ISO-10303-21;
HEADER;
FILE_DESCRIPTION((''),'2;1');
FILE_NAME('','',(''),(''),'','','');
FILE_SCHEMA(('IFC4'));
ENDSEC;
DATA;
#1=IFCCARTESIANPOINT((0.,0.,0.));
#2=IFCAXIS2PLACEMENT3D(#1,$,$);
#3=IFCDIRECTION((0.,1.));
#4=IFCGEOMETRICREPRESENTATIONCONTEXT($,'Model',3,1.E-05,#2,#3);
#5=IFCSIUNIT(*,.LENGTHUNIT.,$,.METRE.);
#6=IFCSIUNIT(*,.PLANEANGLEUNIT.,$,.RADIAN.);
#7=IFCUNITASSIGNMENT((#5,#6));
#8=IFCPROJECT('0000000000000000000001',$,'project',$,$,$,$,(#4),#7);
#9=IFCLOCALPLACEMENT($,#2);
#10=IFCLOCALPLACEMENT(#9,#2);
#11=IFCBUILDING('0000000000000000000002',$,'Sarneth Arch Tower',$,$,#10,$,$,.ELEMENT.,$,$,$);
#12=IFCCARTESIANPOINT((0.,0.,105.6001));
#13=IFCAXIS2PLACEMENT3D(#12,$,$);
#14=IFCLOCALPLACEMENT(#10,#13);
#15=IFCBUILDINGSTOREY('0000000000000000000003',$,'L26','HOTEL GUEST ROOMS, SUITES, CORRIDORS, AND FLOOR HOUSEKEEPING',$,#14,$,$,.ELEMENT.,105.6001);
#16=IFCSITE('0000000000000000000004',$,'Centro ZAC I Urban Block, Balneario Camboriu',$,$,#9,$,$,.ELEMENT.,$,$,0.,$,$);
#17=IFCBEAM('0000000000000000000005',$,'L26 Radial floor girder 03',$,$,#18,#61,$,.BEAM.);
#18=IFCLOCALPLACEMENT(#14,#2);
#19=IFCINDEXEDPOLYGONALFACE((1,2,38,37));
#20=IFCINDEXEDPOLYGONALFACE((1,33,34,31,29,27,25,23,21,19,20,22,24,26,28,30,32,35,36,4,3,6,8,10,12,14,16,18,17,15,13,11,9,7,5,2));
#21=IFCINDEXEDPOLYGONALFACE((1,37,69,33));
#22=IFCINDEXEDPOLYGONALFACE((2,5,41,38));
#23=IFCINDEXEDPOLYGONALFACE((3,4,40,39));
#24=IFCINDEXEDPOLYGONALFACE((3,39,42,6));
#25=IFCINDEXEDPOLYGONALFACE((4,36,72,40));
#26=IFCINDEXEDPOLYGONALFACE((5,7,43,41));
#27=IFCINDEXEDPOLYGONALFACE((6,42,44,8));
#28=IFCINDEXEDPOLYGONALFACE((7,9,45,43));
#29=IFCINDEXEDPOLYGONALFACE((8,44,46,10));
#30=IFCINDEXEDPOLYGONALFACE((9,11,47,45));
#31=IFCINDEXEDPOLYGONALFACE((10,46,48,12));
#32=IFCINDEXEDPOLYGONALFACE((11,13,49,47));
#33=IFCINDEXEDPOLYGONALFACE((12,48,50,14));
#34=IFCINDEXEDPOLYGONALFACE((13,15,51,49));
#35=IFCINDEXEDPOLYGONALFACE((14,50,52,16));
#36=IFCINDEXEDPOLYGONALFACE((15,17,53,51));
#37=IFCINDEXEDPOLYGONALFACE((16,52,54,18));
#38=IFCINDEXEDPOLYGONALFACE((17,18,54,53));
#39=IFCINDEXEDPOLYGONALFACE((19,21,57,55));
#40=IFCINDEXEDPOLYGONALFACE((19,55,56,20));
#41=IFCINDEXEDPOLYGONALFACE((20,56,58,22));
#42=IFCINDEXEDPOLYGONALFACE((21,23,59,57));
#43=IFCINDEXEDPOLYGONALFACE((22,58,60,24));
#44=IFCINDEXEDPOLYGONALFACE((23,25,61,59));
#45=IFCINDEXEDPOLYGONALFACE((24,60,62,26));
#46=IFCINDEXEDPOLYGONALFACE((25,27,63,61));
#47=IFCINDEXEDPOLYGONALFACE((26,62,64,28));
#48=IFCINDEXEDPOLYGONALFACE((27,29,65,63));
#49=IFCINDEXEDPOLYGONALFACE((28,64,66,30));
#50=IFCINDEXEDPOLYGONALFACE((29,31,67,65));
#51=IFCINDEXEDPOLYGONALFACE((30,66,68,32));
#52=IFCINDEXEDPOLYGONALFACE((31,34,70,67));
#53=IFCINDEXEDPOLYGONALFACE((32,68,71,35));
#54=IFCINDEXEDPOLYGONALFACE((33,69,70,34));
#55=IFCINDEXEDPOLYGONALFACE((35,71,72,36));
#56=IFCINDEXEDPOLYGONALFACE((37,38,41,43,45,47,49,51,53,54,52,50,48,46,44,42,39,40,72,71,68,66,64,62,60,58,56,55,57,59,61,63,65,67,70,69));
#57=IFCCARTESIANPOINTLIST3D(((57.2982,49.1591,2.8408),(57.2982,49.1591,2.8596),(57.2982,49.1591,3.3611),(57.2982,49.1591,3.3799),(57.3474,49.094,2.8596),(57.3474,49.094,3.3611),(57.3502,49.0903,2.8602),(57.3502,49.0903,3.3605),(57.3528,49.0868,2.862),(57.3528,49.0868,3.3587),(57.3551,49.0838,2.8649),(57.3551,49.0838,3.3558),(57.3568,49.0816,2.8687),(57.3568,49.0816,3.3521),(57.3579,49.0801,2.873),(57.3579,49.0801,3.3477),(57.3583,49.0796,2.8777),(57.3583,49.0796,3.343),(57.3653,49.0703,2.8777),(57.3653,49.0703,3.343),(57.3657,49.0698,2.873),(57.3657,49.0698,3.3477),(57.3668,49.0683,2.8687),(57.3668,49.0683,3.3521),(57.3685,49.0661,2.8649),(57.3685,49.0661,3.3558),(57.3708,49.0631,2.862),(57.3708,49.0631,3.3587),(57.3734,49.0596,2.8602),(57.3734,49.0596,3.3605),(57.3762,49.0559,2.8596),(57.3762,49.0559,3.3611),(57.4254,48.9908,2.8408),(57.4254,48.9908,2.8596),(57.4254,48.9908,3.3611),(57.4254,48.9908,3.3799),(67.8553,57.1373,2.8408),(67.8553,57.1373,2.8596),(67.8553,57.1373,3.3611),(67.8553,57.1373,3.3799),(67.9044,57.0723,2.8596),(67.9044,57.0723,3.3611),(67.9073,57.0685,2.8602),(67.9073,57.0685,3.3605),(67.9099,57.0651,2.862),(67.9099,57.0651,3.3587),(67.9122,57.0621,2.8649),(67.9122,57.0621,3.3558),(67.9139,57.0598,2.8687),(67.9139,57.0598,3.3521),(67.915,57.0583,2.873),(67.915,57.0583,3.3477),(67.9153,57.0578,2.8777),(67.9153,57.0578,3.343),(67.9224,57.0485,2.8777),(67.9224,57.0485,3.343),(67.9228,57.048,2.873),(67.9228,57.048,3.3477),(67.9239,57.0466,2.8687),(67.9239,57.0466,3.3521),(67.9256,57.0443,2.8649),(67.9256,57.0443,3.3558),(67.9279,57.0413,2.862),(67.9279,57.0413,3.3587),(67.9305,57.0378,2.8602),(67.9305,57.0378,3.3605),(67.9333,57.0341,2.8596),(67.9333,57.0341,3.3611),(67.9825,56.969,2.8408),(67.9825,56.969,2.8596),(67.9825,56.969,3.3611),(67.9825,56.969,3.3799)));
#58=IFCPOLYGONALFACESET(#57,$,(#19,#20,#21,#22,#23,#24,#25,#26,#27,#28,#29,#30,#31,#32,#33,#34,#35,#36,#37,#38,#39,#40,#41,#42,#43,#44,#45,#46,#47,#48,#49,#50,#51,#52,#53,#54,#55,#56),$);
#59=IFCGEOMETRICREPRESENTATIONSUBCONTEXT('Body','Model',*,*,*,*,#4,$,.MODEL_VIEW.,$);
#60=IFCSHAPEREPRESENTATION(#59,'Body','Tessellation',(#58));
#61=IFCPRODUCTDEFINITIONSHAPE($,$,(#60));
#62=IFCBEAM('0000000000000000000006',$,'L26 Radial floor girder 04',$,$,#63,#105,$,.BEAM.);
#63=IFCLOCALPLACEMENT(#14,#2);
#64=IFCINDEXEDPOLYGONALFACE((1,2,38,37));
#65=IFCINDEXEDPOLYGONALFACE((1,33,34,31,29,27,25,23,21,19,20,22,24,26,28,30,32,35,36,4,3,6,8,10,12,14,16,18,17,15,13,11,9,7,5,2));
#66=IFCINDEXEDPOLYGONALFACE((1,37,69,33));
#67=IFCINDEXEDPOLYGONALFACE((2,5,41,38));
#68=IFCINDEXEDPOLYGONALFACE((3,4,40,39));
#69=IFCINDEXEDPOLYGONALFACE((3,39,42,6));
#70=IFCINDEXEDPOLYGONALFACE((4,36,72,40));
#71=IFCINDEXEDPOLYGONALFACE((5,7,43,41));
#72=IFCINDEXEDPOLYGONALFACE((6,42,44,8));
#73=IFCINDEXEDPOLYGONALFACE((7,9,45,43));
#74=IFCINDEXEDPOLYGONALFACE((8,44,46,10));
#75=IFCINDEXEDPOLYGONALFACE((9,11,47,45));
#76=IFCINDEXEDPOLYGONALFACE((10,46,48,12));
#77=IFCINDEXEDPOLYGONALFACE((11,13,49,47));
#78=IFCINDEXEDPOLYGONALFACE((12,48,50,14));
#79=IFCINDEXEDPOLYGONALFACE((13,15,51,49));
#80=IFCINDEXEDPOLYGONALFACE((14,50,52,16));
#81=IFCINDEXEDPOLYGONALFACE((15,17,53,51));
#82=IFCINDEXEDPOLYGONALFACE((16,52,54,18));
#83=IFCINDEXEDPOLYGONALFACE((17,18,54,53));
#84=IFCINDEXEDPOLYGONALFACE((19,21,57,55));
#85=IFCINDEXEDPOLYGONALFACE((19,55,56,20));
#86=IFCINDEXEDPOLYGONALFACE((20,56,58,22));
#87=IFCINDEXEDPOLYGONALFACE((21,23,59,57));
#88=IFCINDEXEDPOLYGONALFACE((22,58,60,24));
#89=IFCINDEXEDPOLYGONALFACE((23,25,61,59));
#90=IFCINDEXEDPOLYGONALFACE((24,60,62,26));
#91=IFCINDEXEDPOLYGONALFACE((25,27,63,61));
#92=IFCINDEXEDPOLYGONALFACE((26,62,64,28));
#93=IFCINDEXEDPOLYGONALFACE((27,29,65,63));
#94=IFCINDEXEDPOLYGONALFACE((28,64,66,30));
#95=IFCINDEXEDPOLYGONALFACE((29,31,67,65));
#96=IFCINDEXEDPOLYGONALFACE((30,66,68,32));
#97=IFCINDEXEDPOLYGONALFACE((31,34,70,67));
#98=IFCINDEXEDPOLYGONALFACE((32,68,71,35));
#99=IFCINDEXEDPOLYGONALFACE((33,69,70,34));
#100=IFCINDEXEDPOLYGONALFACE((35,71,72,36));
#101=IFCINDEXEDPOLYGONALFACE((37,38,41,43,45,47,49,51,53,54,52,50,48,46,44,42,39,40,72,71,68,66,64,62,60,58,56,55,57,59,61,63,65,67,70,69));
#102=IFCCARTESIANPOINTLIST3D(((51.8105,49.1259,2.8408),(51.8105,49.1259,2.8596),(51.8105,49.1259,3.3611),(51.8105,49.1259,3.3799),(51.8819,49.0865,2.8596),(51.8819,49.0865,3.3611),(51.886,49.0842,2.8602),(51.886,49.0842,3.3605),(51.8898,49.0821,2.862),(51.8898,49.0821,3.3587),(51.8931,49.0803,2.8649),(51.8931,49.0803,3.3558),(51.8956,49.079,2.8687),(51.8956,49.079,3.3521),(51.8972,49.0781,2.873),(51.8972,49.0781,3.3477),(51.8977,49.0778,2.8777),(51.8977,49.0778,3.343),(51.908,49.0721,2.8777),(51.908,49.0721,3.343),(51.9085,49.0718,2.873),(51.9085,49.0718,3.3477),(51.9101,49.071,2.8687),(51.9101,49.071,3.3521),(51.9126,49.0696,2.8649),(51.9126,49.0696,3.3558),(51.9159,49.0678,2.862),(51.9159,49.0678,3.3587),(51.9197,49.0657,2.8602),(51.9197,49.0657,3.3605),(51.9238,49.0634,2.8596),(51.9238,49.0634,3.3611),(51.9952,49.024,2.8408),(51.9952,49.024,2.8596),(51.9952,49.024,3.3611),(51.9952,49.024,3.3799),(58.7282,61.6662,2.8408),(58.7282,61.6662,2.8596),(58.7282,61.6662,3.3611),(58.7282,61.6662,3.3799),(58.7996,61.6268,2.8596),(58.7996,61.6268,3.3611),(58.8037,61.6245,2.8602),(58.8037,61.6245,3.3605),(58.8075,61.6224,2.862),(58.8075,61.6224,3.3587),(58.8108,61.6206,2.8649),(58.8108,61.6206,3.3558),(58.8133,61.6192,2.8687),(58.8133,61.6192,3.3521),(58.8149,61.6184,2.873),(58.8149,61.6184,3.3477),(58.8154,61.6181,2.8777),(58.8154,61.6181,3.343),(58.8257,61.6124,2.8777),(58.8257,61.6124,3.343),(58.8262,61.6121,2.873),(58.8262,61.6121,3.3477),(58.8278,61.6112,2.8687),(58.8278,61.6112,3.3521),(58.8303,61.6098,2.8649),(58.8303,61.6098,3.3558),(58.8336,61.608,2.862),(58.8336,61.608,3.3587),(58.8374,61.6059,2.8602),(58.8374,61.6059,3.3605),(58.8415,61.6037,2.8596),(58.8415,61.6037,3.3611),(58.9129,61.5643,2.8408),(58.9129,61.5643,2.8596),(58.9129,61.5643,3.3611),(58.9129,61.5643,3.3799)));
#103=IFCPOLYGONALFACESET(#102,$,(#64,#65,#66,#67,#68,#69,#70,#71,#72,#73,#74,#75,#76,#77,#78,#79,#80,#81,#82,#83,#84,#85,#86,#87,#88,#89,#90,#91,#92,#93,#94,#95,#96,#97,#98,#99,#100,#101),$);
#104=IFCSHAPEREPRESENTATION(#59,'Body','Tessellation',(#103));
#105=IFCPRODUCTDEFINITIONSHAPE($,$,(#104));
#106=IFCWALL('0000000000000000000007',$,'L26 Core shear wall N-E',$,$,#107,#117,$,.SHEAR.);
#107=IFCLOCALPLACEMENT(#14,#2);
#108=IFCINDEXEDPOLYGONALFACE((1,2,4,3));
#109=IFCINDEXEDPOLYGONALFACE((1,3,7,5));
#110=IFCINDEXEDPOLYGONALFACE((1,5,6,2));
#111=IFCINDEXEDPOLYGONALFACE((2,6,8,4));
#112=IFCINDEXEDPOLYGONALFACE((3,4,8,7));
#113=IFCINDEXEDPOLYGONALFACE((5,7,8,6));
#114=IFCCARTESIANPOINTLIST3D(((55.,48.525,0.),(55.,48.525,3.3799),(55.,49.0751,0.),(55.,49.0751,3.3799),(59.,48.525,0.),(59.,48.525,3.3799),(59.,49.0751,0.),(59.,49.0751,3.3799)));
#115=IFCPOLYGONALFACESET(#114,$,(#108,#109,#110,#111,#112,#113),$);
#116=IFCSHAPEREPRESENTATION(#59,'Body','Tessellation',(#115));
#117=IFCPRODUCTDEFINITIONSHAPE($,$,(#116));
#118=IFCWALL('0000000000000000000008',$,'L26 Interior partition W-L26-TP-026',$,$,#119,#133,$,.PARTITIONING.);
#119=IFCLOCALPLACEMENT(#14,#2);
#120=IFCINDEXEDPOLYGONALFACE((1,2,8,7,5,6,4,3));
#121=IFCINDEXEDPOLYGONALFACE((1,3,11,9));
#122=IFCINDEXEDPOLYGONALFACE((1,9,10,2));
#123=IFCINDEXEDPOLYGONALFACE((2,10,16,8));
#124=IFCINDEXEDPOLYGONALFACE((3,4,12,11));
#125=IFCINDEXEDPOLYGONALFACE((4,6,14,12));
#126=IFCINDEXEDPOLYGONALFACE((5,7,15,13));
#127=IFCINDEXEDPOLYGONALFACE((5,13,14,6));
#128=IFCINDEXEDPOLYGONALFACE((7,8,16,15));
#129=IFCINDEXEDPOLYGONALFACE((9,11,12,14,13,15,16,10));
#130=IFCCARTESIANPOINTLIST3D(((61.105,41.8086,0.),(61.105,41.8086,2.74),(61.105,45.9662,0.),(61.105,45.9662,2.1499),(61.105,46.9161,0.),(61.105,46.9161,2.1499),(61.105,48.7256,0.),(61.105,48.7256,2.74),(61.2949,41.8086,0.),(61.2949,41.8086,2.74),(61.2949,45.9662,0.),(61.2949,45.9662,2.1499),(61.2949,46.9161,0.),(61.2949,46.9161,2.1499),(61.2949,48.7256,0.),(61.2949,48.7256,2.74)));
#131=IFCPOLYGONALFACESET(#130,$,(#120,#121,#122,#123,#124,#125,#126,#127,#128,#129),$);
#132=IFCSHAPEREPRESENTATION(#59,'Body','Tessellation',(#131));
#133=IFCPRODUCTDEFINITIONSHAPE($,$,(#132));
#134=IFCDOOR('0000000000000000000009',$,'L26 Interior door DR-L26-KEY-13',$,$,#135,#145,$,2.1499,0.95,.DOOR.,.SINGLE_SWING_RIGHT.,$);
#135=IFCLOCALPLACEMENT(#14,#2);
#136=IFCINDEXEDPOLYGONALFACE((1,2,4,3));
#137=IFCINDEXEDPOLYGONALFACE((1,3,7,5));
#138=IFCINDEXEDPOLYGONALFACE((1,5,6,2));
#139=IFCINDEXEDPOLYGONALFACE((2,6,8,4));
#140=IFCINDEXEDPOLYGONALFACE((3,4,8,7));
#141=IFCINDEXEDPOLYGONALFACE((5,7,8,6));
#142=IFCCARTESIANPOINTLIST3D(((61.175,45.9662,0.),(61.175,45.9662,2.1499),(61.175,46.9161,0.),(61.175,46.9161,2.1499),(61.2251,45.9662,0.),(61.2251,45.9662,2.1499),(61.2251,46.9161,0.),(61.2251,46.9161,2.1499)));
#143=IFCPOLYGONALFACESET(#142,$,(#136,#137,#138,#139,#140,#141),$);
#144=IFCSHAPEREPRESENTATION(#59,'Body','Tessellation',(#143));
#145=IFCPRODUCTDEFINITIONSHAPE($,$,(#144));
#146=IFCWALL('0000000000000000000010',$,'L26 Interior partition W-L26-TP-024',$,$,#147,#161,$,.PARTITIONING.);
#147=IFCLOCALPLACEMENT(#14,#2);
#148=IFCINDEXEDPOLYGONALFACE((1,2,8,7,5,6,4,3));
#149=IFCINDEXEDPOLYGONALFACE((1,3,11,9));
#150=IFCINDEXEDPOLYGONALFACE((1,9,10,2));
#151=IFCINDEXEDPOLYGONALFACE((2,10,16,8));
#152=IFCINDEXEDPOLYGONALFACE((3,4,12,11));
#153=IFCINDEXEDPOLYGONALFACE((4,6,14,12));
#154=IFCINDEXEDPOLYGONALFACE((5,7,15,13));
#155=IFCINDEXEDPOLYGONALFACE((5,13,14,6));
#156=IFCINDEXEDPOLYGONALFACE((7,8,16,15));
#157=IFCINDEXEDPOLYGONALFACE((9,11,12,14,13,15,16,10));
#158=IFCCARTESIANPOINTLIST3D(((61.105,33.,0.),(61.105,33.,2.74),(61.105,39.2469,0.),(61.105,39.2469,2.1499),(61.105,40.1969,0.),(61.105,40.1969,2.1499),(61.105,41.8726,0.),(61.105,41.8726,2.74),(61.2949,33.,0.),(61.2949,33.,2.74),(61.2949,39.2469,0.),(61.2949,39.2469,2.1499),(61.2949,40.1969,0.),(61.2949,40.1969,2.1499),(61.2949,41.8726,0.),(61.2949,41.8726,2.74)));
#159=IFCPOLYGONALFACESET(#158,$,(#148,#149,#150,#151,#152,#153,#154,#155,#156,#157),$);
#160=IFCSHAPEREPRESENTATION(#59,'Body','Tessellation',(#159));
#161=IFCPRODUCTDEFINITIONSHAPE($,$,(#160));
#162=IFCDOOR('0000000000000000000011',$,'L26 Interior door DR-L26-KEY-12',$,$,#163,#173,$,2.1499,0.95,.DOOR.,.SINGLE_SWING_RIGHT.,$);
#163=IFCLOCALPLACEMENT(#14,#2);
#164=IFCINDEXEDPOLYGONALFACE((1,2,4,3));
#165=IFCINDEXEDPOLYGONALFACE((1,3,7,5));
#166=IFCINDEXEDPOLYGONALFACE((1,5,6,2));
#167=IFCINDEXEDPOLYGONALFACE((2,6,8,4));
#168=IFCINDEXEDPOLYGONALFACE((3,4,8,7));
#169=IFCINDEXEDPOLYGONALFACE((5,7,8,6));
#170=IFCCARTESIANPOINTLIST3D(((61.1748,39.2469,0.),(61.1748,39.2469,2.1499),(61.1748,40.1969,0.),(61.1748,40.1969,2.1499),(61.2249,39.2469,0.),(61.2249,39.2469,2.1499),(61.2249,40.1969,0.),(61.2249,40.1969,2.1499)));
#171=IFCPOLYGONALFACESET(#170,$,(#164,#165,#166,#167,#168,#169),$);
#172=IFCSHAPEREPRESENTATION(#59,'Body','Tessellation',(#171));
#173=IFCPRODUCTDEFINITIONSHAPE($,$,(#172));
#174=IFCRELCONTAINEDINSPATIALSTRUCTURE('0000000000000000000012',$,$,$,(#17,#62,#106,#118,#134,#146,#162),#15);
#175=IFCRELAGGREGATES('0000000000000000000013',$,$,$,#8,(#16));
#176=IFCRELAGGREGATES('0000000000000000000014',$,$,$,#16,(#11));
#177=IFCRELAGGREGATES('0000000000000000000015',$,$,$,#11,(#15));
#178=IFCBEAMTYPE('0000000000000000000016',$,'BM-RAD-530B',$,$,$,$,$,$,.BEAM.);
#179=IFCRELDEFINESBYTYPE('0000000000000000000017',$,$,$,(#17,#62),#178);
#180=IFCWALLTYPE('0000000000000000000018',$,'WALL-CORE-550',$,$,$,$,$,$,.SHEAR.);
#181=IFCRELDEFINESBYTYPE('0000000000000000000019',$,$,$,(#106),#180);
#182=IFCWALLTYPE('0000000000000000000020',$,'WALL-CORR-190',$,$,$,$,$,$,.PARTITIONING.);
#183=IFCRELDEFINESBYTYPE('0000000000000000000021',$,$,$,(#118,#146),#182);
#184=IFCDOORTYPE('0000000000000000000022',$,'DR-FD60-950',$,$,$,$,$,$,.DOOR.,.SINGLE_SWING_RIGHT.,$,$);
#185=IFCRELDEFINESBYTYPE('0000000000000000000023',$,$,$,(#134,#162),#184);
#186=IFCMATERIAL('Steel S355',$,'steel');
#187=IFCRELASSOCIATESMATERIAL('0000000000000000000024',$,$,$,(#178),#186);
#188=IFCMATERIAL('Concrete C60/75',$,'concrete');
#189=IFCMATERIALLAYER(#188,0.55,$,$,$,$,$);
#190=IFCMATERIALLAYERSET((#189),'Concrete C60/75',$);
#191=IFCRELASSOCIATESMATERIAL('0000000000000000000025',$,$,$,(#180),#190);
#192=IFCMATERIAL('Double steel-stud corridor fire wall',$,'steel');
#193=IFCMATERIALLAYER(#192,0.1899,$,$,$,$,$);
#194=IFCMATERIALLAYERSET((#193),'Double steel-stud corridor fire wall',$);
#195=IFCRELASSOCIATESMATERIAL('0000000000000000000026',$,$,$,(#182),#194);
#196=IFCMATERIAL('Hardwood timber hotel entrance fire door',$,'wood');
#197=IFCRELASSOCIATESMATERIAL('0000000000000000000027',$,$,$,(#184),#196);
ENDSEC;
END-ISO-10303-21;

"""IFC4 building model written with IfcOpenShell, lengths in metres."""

from ifc_helpers import new_model, si_unit, direction, frame, frame_2d, origin, origin_2d, place, context, subcontext, project, spatial, rectangle, i_section, extrude, material, layer, layer_set, material_profile, profile_set, type_object, element, fill, save


model = new_model("IFC4")

# Units and contexts
model_context = context("Model", 3, precision=1e-05, world=origin(), true_north=direction((0.0, 1.0)))
body_context = subcontext(model_context, "Body", "Model", "MODEL_VIEW")
ifc_project = project(units=[si_unit("LENGTHUNIT", "METRE"), si_unit("PLANEANGLEUNIT", "RADIAN")], contexts=[model_context])

# Site, building, storey
site_placement = place(None, origin())
site = spatial("IfcSite", under=ifc_project, at=site_placement, Name="Centro ZAC I Urban Block, Balneario Camboriu", CompositionType="ELEMENT", RefElevation=0.0)
building_placement = place(site_placement, origin())
building = spatial("IfcBuilding", under=site, at=building_placement, Name="Sarneth Arch Tower", CompositionType="ELEMENT")
storey_placement = place(building_placement, frame((0.0, 0.0, 105.6001)))
storey = spatial("IfcBuildingStorey", under=building, at=storey_placement, Name="L26", Description="HOTEL GUEST ROOMS, SUITES, CORRIDORS, AND FLOOR HOUSEKEEPING", CompositionType="ELEMENT", Elevation=105.6001)

# Beams
ifc_material_1 = material(Name="Steel S355", Category="steel")
ifc_material_profile_1 = material_profile(ifc_material_1, i_section(OverallWidth=0.2109, OverallDepth=0.5391, WebThickness=0.0117, FlangeThickness=0.0188, FilletRadius=0.0181, at=origin_2d()), Name="W530x109")
ifc_profile_set_1 = profile_set([ifc_material_profile_1], Name="Steel S355")
beam_type_1 = type_object("IfcBeamType", Name="BM-RAD-530B", PredefinedType="BEAM", material=ifc_profile_set_1)
beam_1_placement = place(storey_placement, frame((57.3618, 49.075, 3.1104), z_axis=(0.797803, 0.602918, 0.0), x_axis=(-0.602918, 0.797803, 0.0)))
element("IfcBeam", 1, at=beam_1_placement, inside=storey, type_object=beam_type_1, Name="L26 Radial floor girder 03", PredefinedType="BEAM", context=body_context, shape_type="SweptSolid", body=[
    extrude(i_section(OverallWidth=0.2109, OverallDepth=0.5391, WebThickness=0.0117, FlangeThickness=0.0188, FilletRadius=0.0181, at=origin_2d()), origin(), (0.0, 0.0, 1.0), 13.2327),
])
beam_2_placement = place(storey_placement, frame((51.9028, 49.075, 3.1104), z_axis=(0.483021, 0.875609, 0.0), x_axis=(-0.875609, 0.483021, 0.0)))
element("IfcBeam", 2, at=beam_2_placement, inside=storey, type_object=beam_type_1, Name="L26 Radial floor girder 04", PredefinedType="BEAM", context=body_context, shape_type="SweptSolid", body=[
    extrude(i_section(OverallWidth=0.2109, OverallDepth=0.5391, WebThickness=0.0117, FlangeThickness=0.0188, FilletRadius=0.0181, at=origin_2d()), origin(), (0.0, 0.0, 1.0), 14.3218),
])

# Wall
ifc_material_2 = material(Name="Concrete C60/75", Category="concrete")
ifc_layer_1 = layer(ifc_material_2, 0.55)
ifc_layer_set_1 = layer_set([ifc_layer_1], Name="Concrete C60/75")
wall_type_1 = type_object("IfcWallType", Name="WALL-CORE-550", PredefinedType="SHEAR", material=ifc_layer_set_1)
wall_1_placement = place(storey_placement, frame((55.0, 48.8, 0.0), z_axis=(0.0, 0.0, 1.0), x_axis=(1.0, 0.0, 0.0)))
element("IfcWall", 3, at=wall_1_placement, inside=storey, type_object=wall_type_1, Name="L26 Core shear wall N-E", PredefinedType="SHEAR", context=body_context, shape_type="SweptSolid", body=[
    extrude(rectangle(XDim=4.0, YDim=0.55, at=frame_2d((2.0, 0.0))), origin(), (0.0, 0.0, 1.0), 3.3799),
])

# Walls, openings, doors
ifc_material_3 = material(Name="Double steel-stud corridor fire wall", Category="steel")
ifc_layer_2 = layer(ifc_material_3, 0.1899)
ifc_layer_set_2 = layer_set([ifc_layer_2], Name="Double steel-stud corridor fire wall")
wall_type_2 = type_object("IfcWallType", Name="WALL-CORR-190", PredefinedType="PARTITIONING", material=ifc_layer_set_2)
wall_2_placement = place(storey_placement, frame((61.2, 41.8086, 0.0), z_axis=(0.0, 0.0, 1.0), x_axis=(0.0, 1.0, 0.0)))
wall_2 = element("IfcWall", 4, at=wall_2_placement, inside=storey, type_object=wall_type_2, Name="L26 Interior partition W-L26-TP-026", PredefinedType="PARTITIONING", context=body_context, shape_type="SweptSolid", body=[
    extrude(rectangle(XDim=6.917, YDim=0.1899, at=frame_2d((3.4585, 0.0))), origin(), (0.0, 0.0, 1.0), 2.74),
])
opening_1_placement = place(wall_2_placement, frame((4.1575, 0.0, 0.0)))
opening_1 = element("IfcOpeningElement", 5, at=opening_1_placement, cuts=wall_2, PredefinedType="OPENING", context=body_context, shape_type="SweptSolid", body=[
    extrude(rectangle(XDim=0.95, YDim=2.1499, at=frame_2d((0.4751, 1.075))), frame((0.0, 0.105, 0.0), z_axis=(0.0, -1.0, 0.0), x_axis=(1.0, 0.0, 0.0)), (0.0, 0.0, 1.0), 0.21),
])
ifc_material_4 = material(Name="Hardwood timber hotel entrance fire door", Category="wood")
door_type_1 = type_object("IfcDoorType", Name="DR-FD60-950", OperationType="SINGLE_SWING_RIGHT", PredefinedType="DOOR", material=ifc_material_4)
door_1_placement = place(opening_1_placement, origin())
door_1 = element("IfcDoor", 6, at=door_1_placement, inside=storey, type_object=door_type_1, Name="L26 Interior door DR-L26-KEY-13", OperationType="SINGLE_SWING_RIGHT", OverallHeight=2.1499, OverallWidth=0.95, PredefinedType="DOOR", context=body_context, shape_type="SweptSolid", body=[
    extrude(rectangle(XDim=0.95, YDim=2.1499, at=frame_2d((0.4751, 1.075))), frame((0.0, 0.0249, 0.0), z_axis=(0.0, -1.0, 0.0), x_axis=(1.0, 0.0, 0.0)), (0.0, 0.0, 1.0), 0.05),
])
fill(opening_1, door_1)
wall_3_placement = place(storey_placement, frame((61.2, 41.8726, 0.0), z_axis=(0.0, 0.0, 1.0), x_axis=(0.0, -1.0, 0.0)))
wall_3 = element("IfcWall", 7, at=wall_3_placement, inside=storey, type_object=wall_type_2, Name="L26 Interior partition W-L26-TP-024", PredefinedType="PARTITIONING", context=body_context, shape_type="SweptSolid", body=[
    extrude(rectangle(XDim=8.8726, YDim=0.1899, at=frame_2d((4.4363, 0.0))), origin(), (0.0, 0.0, 1.0), 2.74),
])
opening_2_placement = place(wall_3_placement, frame((1.6755, 0.0, 0.0)))
opening_2 = element("IfcOpeningElement", 8, at=opening_2_placement, cuts=wall_3, PredefinedType="OPENING", context=body_context, shape_type="SweptSolid", body=[
    extrude(rectangle(XDim=0.95, YDim=2.1499, at=frame_2d((0.4751, 1.075))), frame((0.0, 0.105, 0.0), z_axis=(0.0, -1.0, 0.0), x_axis=(1.0, 0.0, 0.0)), (0.0, 0.0, 1.0), 0.21),
])
door_2_placement = place(opening_2_placement, origin())
door_2 = element("IfcDoor", 9, at=door_2_placement, inside=storey, type_object=door_type_1, Name="L26 Interior door DR-L26-KEY-12", OperationType="SINGLE_SWING_RIGHT", OverallHeight=2.1499, OverallWidth=0.95, PredefinedType="DOOR", context=body_context, shape_type="SweptSolid", body=[
    extrude(rectangle(XDim=0.95, YDim=2.1499, at=frame_2d((0.4751, 1.075))), frame((0.0, 0.0249, 0.0), z_axis=(0.0, -1.0, 0.0), x_axis=(1.0, 0.0, 0.0)), (0.0, 0.0, 1.0), 0.05),
])
fill(opening_2, door_2)

save(model, "model.ifc")
